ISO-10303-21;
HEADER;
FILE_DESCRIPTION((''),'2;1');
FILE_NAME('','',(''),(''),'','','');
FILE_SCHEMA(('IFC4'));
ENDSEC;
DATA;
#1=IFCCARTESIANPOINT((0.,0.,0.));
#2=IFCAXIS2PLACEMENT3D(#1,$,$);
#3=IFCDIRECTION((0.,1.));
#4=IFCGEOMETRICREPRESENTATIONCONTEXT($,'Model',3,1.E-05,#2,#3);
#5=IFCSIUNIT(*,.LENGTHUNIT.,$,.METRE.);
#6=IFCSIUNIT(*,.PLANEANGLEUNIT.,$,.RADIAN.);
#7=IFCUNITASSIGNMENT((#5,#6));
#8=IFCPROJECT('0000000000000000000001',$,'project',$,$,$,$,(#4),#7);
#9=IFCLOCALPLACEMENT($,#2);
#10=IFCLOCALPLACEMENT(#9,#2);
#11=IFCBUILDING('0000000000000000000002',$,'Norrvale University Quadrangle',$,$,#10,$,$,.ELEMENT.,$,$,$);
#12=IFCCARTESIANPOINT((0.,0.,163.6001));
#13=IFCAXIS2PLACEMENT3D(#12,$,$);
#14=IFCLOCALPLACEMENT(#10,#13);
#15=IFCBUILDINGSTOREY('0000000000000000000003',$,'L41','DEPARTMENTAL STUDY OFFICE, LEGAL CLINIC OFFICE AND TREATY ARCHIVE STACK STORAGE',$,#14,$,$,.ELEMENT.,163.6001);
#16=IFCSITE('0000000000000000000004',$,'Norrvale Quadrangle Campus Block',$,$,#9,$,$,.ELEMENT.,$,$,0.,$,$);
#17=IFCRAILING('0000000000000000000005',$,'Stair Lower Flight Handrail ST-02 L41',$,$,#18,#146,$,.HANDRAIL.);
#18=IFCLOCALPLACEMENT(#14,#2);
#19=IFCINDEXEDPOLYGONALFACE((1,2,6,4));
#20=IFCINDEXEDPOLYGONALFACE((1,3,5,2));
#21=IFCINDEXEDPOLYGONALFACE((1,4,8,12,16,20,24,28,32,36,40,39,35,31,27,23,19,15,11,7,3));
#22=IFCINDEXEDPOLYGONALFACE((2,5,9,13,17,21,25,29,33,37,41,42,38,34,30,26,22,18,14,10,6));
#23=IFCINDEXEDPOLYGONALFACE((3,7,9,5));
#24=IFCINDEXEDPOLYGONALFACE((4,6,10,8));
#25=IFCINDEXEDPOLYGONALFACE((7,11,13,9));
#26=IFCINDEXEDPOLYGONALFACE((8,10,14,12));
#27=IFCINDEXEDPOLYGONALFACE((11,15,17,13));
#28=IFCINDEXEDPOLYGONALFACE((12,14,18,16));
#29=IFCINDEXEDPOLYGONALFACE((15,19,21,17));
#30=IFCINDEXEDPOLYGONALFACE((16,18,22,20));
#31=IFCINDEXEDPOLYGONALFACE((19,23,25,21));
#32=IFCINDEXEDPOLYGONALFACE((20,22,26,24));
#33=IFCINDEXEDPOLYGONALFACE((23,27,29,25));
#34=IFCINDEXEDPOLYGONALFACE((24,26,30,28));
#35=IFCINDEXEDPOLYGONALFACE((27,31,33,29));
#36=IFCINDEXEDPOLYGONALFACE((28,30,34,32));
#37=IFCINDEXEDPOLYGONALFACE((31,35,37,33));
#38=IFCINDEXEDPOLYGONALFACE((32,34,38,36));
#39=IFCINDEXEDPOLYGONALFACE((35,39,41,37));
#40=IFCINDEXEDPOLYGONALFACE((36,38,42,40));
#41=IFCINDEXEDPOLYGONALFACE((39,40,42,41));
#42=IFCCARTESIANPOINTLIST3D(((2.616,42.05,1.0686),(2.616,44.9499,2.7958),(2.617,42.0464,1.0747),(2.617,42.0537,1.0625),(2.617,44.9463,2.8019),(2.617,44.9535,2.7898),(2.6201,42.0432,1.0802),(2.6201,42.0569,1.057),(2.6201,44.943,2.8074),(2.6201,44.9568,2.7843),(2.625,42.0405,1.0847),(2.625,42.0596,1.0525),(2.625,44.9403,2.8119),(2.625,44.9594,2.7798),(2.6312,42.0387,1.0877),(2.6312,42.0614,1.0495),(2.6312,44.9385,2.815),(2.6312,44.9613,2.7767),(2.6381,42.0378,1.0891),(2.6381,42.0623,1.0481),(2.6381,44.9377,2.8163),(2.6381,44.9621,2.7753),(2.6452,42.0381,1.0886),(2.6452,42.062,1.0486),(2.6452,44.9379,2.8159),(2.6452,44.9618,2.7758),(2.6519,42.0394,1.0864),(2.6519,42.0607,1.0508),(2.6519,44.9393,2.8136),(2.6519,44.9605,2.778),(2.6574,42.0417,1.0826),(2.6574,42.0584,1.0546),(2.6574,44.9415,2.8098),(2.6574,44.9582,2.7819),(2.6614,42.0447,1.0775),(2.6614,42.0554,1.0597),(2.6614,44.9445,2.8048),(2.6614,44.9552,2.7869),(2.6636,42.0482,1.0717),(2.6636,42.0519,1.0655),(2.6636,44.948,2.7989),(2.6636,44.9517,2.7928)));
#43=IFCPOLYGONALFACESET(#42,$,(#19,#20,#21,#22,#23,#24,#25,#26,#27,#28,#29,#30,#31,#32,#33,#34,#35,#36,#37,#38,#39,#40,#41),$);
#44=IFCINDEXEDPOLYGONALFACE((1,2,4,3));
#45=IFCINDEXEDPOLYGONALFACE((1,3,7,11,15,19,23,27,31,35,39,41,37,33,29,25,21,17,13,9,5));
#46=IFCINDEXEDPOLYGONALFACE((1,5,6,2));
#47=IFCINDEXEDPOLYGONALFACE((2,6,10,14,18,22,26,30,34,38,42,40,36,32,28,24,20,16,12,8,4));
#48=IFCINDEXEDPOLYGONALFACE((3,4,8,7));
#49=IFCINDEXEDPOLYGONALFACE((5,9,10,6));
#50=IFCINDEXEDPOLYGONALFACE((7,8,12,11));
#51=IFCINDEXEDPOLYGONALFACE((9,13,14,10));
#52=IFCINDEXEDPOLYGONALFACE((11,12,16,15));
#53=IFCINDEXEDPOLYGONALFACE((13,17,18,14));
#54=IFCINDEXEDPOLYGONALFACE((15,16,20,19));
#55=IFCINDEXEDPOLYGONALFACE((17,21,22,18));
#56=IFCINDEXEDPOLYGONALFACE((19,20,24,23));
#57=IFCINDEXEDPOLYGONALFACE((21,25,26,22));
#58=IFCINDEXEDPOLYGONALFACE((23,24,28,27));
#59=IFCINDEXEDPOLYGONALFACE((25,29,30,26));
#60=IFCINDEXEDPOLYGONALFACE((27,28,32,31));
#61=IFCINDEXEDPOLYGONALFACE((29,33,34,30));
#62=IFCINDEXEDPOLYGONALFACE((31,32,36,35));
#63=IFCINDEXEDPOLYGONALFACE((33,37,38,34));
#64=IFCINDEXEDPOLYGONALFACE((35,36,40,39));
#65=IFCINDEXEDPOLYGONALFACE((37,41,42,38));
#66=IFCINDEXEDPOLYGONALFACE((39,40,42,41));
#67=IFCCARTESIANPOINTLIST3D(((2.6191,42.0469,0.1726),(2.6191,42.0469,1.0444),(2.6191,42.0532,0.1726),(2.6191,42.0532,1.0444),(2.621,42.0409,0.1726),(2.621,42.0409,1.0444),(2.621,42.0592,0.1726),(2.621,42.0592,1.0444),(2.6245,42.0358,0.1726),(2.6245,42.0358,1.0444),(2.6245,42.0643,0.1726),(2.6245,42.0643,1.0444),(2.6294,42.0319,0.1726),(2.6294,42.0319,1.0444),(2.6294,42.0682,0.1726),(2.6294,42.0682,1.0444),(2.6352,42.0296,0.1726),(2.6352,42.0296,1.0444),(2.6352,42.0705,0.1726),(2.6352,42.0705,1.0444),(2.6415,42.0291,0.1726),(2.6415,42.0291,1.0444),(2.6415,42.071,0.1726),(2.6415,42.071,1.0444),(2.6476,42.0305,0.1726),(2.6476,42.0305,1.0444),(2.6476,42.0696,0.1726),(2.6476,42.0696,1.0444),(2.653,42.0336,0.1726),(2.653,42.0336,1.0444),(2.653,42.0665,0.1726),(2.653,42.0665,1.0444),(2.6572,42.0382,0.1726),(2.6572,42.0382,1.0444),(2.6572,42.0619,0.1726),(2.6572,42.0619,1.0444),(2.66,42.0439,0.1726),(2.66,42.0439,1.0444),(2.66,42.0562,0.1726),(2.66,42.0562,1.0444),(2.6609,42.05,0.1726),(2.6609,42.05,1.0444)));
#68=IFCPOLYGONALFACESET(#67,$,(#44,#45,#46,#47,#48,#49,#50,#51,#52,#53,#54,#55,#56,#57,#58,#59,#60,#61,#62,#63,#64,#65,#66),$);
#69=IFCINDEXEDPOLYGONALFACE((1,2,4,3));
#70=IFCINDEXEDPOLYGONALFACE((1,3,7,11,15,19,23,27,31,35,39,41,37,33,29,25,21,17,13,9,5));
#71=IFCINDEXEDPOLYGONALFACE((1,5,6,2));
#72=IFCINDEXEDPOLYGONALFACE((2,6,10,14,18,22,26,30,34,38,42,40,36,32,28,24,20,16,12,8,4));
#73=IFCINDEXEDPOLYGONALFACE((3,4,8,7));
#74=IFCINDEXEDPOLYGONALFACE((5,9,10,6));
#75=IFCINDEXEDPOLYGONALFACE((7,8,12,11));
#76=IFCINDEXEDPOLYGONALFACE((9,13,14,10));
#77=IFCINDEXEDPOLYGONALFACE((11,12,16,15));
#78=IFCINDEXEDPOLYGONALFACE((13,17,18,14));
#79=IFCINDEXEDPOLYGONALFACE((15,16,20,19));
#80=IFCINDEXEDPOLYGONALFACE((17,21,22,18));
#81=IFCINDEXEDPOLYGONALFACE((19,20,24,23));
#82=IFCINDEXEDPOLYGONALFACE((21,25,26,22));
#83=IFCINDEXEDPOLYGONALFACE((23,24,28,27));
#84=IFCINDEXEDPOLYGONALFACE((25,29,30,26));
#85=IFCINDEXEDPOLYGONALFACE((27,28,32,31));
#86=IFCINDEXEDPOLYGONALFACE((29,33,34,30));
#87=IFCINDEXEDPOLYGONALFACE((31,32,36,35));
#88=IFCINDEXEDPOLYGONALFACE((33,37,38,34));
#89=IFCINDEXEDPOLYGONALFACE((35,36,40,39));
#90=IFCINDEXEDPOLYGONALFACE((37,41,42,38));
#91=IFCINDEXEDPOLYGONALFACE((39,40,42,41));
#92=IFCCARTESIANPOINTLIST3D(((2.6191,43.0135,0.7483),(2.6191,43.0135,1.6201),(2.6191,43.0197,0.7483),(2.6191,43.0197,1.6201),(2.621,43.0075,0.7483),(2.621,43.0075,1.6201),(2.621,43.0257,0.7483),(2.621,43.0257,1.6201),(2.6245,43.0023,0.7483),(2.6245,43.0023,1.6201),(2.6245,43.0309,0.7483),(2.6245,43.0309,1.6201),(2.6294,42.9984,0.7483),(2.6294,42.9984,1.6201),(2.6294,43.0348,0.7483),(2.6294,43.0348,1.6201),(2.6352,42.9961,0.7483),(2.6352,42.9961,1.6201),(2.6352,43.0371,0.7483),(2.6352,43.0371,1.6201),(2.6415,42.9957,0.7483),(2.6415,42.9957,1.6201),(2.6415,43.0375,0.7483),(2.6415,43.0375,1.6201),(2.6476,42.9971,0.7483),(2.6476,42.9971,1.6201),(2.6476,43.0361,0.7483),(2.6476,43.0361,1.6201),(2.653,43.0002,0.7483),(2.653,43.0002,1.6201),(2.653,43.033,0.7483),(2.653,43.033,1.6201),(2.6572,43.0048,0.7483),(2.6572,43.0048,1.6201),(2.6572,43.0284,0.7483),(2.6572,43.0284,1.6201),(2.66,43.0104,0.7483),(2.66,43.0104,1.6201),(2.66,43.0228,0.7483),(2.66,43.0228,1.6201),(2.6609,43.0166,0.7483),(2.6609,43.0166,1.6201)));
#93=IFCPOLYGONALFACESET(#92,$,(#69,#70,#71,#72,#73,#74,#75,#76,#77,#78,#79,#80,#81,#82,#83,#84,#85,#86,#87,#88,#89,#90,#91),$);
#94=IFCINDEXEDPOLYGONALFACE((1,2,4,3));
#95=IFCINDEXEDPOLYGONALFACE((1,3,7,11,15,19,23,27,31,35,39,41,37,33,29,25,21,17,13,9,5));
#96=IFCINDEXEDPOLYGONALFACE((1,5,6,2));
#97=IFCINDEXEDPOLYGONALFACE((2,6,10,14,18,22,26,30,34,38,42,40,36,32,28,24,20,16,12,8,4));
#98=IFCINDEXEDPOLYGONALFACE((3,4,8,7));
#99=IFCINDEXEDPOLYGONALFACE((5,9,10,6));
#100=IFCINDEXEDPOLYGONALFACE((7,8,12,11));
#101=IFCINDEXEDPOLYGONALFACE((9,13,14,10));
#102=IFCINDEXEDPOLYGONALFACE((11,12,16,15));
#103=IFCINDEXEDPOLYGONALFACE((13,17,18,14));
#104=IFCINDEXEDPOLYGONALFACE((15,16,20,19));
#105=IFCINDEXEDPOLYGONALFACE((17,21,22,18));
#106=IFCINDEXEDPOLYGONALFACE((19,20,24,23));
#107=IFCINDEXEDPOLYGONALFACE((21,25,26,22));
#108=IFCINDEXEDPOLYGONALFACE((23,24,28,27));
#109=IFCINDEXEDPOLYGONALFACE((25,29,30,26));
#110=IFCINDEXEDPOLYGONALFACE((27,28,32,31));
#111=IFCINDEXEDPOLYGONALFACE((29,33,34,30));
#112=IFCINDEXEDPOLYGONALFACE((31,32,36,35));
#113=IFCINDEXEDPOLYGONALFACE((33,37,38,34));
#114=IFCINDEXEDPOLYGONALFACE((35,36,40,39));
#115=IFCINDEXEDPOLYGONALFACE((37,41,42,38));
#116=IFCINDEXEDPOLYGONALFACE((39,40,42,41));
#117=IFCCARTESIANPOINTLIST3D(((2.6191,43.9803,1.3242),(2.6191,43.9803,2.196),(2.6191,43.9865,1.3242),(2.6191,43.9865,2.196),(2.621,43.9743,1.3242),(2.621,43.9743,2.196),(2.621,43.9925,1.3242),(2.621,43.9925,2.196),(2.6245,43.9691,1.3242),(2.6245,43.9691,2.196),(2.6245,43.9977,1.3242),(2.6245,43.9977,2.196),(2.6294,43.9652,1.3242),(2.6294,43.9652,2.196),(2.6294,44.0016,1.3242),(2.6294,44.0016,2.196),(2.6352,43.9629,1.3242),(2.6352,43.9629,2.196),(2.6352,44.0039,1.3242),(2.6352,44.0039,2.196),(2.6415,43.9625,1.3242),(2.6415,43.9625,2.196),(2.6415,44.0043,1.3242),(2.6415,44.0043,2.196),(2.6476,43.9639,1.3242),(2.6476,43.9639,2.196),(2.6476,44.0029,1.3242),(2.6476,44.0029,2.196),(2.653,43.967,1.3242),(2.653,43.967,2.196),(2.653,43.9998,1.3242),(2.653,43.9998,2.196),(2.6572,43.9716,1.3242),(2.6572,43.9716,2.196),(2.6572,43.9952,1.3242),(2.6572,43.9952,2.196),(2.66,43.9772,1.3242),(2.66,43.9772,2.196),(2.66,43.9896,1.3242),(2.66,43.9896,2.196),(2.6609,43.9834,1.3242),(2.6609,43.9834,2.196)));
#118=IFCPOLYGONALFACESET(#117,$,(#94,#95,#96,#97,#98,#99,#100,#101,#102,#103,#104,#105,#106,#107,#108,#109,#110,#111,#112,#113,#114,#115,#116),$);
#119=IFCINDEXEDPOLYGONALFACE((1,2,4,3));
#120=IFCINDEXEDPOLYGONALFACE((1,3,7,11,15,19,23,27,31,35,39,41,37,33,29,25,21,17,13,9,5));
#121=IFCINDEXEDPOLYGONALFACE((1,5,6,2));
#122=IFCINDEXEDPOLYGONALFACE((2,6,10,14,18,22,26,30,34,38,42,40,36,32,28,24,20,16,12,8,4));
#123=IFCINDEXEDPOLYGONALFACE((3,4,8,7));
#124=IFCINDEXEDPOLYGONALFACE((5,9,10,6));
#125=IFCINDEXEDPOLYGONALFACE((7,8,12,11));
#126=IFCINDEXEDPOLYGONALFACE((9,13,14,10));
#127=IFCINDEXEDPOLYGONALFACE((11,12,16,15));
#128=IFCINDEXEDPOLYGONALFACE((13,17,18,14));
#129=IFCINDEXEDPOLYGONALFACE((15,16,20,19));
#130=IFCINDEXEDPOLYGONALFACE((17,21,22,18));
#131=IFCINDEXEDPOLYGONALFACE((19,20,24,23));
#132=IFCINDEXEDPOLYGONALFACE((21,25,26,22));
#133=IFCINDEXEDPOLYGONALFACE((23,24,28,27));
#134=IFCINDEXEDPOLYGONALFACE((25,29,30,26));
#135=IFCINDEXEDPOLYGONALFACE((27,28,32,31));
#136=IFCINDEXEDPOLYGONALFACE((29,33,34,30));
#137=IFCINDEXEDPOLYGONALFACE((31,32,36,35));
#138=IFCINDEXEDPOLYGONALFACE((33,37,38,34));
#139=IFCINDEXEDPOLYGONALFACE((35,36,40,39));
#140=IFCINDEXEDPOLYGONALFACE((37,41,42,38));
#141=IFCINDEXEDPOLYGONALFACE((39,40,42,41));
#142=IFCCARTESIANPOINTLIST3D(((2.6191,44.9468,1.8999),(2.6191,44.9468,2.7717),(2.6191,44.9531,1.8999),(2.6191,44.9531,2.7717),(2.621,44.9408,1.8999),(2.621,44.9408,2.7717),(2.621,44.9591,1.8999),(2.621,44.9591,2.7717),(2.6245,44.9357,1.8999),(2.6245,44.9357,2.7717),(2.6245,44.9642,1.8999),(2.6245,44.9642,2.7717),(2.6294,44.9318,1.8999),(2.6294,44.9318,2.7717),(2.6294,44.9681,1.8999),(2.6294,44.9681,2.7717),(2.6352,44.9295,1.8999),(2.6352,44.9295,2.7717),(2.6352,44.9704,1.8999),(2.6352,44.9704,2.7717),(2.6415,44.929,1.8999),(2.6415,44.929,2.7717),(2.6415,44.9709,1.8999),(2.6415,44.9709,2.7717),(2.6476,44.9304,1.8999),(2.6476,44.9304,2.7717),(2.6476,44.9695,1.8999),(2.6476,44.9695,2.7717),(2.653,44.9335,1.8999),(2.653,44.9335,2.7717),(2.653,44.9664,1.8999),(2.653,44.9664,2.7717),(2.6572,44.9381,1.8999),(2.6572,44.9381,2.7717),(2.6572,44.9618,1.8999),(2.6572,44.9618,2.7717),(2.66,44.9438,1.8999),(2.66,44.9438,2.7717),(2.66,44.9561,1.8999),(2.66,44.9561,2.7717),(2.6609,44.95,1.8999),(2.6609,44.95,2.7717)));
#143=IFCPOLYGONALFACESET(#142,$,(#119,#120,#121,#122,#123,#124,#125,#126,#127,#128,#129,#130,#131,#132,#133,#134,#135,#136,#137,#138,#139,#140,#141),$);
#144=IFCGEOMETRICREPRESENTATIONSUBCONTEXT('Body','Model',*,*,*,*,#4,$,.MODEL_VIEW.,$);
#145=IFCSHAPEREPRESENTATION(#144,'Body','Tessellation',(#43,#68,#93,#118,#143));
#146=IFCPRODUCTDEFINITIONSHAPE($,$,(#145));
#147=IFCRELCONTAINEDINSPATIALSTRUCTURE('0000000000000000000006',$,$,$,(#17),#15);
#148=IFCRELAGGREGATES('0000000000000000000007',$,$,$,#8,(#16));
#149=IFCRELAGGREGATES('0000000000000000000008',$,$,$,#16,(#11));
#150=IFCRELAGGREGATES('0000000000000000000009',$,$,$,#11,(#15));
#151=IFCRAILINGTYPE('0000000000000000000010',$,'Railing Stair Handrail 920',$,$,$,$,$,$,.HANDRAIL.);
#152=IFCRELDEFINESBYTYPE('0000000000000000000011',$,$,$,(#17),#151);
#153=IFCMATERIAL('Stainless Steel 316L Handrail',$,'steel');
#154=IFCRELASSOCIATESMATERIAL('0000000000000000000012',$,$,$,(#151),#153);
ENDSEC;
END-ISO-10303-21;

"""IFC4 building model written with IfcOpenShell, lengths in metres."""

from ifc_helpers import new_model, si_unit, direction, frame, origin, origin_2d, place, context, subcontext, project, spatial, circle, extrude, material, type_object, element, save


model = new_model("IFC4")

# Units and contexts
model_context = context("Model", 3, precision=1e-05, world=origin(), true_north=direction((0.0, 1.0)))
body_context = subcontext(model_context, "Body", "Model", "MODEL_VIEW")
ifc_project = project(units=[si_unit("LENGTHUNIT", "METRE"), si_unit("PLANEANGLEUNIT", "RADIAN")], contexts=[model_context])

# Site, building, storey
site_placement = place(None, origin())
site = spatial("IfcSite", under=ifc_project, at=site_placement, Name="Norrvale Quadrangle Campus Block", CompositionType="ELEMENT", RefElevation=0.0)
building_placement = place(site_placement, origin())
building = spatial("IfcBuilding", under=site, at=building_placement, Name="Norrvale University Quadrangle", CompositionType="ELEMENT")
storey_placement = place(building_placement, frame((0.0, 0.0, 163.6001)))
storey = spatial("IfcBuildingStorey", under=building, at=storey_placement, Name="L41", Description="DEPARTMENTAL STUDY OFFICE, LEGAL CLINIC OFFICE AND TREATY ARCHIVE STACK STORAGE", CompositionType="ELEMENT", Elevation=163.6001)

# Railing
ifc_material_1 = material(Name="Stainless Steel 316L Handrail", Category="steel")
railing_type_1 = type_object("IfcRailingType", Name="Railing Stair Handrail 920", PredefinedType="HANDRAIL", material=ifc_material_1)
railing_1_placement = place(storey_placement, frame((2.6399, 42.05, 0.1726)))
element("IfcRailing", 1, at=railing_1_placement, inside=storey, type_object=railing_type_1, Name="Stair Lower Flight Handrail ST-02 L41", PredefinedType="HANDRAIL", context=body_context, shape_type="SweptSolid", body=[
    extrude(circle(Radius=0.0239, at=origin_2d()), frame((0.0, 0.0, 0.896), z_axis=(0.0, 0.859141, 0.511738), x_axis=(-1.0, 0.0, 0.0)), (0.0, 0.0, 1.0), 3.3752),
    extrude(circle(Radius=0.021, at=origin_2d()), origin(), (0.0, 0.0, 1.0), 0.8718),
    extrude(circle(Radius=0.021, at=origin_2d()), frame((0.0, 0.9666, 0.5757)), (0.0, 0.0, 1.0), 0.8718),
    extrude(circle(Radius=0.021, at=origin_2d()), frame((0.0, 1.9333, 1.1516)), (0.0, 0.0, 1.0), 0.8718),
    extrude(circle(Radius=0.021, at=origin_2d()), frame((0.0, 2.8999, 1.7273)), (0.0, 0.0, 1.0), 0.8718),
])

save(model, "model.ifc")
